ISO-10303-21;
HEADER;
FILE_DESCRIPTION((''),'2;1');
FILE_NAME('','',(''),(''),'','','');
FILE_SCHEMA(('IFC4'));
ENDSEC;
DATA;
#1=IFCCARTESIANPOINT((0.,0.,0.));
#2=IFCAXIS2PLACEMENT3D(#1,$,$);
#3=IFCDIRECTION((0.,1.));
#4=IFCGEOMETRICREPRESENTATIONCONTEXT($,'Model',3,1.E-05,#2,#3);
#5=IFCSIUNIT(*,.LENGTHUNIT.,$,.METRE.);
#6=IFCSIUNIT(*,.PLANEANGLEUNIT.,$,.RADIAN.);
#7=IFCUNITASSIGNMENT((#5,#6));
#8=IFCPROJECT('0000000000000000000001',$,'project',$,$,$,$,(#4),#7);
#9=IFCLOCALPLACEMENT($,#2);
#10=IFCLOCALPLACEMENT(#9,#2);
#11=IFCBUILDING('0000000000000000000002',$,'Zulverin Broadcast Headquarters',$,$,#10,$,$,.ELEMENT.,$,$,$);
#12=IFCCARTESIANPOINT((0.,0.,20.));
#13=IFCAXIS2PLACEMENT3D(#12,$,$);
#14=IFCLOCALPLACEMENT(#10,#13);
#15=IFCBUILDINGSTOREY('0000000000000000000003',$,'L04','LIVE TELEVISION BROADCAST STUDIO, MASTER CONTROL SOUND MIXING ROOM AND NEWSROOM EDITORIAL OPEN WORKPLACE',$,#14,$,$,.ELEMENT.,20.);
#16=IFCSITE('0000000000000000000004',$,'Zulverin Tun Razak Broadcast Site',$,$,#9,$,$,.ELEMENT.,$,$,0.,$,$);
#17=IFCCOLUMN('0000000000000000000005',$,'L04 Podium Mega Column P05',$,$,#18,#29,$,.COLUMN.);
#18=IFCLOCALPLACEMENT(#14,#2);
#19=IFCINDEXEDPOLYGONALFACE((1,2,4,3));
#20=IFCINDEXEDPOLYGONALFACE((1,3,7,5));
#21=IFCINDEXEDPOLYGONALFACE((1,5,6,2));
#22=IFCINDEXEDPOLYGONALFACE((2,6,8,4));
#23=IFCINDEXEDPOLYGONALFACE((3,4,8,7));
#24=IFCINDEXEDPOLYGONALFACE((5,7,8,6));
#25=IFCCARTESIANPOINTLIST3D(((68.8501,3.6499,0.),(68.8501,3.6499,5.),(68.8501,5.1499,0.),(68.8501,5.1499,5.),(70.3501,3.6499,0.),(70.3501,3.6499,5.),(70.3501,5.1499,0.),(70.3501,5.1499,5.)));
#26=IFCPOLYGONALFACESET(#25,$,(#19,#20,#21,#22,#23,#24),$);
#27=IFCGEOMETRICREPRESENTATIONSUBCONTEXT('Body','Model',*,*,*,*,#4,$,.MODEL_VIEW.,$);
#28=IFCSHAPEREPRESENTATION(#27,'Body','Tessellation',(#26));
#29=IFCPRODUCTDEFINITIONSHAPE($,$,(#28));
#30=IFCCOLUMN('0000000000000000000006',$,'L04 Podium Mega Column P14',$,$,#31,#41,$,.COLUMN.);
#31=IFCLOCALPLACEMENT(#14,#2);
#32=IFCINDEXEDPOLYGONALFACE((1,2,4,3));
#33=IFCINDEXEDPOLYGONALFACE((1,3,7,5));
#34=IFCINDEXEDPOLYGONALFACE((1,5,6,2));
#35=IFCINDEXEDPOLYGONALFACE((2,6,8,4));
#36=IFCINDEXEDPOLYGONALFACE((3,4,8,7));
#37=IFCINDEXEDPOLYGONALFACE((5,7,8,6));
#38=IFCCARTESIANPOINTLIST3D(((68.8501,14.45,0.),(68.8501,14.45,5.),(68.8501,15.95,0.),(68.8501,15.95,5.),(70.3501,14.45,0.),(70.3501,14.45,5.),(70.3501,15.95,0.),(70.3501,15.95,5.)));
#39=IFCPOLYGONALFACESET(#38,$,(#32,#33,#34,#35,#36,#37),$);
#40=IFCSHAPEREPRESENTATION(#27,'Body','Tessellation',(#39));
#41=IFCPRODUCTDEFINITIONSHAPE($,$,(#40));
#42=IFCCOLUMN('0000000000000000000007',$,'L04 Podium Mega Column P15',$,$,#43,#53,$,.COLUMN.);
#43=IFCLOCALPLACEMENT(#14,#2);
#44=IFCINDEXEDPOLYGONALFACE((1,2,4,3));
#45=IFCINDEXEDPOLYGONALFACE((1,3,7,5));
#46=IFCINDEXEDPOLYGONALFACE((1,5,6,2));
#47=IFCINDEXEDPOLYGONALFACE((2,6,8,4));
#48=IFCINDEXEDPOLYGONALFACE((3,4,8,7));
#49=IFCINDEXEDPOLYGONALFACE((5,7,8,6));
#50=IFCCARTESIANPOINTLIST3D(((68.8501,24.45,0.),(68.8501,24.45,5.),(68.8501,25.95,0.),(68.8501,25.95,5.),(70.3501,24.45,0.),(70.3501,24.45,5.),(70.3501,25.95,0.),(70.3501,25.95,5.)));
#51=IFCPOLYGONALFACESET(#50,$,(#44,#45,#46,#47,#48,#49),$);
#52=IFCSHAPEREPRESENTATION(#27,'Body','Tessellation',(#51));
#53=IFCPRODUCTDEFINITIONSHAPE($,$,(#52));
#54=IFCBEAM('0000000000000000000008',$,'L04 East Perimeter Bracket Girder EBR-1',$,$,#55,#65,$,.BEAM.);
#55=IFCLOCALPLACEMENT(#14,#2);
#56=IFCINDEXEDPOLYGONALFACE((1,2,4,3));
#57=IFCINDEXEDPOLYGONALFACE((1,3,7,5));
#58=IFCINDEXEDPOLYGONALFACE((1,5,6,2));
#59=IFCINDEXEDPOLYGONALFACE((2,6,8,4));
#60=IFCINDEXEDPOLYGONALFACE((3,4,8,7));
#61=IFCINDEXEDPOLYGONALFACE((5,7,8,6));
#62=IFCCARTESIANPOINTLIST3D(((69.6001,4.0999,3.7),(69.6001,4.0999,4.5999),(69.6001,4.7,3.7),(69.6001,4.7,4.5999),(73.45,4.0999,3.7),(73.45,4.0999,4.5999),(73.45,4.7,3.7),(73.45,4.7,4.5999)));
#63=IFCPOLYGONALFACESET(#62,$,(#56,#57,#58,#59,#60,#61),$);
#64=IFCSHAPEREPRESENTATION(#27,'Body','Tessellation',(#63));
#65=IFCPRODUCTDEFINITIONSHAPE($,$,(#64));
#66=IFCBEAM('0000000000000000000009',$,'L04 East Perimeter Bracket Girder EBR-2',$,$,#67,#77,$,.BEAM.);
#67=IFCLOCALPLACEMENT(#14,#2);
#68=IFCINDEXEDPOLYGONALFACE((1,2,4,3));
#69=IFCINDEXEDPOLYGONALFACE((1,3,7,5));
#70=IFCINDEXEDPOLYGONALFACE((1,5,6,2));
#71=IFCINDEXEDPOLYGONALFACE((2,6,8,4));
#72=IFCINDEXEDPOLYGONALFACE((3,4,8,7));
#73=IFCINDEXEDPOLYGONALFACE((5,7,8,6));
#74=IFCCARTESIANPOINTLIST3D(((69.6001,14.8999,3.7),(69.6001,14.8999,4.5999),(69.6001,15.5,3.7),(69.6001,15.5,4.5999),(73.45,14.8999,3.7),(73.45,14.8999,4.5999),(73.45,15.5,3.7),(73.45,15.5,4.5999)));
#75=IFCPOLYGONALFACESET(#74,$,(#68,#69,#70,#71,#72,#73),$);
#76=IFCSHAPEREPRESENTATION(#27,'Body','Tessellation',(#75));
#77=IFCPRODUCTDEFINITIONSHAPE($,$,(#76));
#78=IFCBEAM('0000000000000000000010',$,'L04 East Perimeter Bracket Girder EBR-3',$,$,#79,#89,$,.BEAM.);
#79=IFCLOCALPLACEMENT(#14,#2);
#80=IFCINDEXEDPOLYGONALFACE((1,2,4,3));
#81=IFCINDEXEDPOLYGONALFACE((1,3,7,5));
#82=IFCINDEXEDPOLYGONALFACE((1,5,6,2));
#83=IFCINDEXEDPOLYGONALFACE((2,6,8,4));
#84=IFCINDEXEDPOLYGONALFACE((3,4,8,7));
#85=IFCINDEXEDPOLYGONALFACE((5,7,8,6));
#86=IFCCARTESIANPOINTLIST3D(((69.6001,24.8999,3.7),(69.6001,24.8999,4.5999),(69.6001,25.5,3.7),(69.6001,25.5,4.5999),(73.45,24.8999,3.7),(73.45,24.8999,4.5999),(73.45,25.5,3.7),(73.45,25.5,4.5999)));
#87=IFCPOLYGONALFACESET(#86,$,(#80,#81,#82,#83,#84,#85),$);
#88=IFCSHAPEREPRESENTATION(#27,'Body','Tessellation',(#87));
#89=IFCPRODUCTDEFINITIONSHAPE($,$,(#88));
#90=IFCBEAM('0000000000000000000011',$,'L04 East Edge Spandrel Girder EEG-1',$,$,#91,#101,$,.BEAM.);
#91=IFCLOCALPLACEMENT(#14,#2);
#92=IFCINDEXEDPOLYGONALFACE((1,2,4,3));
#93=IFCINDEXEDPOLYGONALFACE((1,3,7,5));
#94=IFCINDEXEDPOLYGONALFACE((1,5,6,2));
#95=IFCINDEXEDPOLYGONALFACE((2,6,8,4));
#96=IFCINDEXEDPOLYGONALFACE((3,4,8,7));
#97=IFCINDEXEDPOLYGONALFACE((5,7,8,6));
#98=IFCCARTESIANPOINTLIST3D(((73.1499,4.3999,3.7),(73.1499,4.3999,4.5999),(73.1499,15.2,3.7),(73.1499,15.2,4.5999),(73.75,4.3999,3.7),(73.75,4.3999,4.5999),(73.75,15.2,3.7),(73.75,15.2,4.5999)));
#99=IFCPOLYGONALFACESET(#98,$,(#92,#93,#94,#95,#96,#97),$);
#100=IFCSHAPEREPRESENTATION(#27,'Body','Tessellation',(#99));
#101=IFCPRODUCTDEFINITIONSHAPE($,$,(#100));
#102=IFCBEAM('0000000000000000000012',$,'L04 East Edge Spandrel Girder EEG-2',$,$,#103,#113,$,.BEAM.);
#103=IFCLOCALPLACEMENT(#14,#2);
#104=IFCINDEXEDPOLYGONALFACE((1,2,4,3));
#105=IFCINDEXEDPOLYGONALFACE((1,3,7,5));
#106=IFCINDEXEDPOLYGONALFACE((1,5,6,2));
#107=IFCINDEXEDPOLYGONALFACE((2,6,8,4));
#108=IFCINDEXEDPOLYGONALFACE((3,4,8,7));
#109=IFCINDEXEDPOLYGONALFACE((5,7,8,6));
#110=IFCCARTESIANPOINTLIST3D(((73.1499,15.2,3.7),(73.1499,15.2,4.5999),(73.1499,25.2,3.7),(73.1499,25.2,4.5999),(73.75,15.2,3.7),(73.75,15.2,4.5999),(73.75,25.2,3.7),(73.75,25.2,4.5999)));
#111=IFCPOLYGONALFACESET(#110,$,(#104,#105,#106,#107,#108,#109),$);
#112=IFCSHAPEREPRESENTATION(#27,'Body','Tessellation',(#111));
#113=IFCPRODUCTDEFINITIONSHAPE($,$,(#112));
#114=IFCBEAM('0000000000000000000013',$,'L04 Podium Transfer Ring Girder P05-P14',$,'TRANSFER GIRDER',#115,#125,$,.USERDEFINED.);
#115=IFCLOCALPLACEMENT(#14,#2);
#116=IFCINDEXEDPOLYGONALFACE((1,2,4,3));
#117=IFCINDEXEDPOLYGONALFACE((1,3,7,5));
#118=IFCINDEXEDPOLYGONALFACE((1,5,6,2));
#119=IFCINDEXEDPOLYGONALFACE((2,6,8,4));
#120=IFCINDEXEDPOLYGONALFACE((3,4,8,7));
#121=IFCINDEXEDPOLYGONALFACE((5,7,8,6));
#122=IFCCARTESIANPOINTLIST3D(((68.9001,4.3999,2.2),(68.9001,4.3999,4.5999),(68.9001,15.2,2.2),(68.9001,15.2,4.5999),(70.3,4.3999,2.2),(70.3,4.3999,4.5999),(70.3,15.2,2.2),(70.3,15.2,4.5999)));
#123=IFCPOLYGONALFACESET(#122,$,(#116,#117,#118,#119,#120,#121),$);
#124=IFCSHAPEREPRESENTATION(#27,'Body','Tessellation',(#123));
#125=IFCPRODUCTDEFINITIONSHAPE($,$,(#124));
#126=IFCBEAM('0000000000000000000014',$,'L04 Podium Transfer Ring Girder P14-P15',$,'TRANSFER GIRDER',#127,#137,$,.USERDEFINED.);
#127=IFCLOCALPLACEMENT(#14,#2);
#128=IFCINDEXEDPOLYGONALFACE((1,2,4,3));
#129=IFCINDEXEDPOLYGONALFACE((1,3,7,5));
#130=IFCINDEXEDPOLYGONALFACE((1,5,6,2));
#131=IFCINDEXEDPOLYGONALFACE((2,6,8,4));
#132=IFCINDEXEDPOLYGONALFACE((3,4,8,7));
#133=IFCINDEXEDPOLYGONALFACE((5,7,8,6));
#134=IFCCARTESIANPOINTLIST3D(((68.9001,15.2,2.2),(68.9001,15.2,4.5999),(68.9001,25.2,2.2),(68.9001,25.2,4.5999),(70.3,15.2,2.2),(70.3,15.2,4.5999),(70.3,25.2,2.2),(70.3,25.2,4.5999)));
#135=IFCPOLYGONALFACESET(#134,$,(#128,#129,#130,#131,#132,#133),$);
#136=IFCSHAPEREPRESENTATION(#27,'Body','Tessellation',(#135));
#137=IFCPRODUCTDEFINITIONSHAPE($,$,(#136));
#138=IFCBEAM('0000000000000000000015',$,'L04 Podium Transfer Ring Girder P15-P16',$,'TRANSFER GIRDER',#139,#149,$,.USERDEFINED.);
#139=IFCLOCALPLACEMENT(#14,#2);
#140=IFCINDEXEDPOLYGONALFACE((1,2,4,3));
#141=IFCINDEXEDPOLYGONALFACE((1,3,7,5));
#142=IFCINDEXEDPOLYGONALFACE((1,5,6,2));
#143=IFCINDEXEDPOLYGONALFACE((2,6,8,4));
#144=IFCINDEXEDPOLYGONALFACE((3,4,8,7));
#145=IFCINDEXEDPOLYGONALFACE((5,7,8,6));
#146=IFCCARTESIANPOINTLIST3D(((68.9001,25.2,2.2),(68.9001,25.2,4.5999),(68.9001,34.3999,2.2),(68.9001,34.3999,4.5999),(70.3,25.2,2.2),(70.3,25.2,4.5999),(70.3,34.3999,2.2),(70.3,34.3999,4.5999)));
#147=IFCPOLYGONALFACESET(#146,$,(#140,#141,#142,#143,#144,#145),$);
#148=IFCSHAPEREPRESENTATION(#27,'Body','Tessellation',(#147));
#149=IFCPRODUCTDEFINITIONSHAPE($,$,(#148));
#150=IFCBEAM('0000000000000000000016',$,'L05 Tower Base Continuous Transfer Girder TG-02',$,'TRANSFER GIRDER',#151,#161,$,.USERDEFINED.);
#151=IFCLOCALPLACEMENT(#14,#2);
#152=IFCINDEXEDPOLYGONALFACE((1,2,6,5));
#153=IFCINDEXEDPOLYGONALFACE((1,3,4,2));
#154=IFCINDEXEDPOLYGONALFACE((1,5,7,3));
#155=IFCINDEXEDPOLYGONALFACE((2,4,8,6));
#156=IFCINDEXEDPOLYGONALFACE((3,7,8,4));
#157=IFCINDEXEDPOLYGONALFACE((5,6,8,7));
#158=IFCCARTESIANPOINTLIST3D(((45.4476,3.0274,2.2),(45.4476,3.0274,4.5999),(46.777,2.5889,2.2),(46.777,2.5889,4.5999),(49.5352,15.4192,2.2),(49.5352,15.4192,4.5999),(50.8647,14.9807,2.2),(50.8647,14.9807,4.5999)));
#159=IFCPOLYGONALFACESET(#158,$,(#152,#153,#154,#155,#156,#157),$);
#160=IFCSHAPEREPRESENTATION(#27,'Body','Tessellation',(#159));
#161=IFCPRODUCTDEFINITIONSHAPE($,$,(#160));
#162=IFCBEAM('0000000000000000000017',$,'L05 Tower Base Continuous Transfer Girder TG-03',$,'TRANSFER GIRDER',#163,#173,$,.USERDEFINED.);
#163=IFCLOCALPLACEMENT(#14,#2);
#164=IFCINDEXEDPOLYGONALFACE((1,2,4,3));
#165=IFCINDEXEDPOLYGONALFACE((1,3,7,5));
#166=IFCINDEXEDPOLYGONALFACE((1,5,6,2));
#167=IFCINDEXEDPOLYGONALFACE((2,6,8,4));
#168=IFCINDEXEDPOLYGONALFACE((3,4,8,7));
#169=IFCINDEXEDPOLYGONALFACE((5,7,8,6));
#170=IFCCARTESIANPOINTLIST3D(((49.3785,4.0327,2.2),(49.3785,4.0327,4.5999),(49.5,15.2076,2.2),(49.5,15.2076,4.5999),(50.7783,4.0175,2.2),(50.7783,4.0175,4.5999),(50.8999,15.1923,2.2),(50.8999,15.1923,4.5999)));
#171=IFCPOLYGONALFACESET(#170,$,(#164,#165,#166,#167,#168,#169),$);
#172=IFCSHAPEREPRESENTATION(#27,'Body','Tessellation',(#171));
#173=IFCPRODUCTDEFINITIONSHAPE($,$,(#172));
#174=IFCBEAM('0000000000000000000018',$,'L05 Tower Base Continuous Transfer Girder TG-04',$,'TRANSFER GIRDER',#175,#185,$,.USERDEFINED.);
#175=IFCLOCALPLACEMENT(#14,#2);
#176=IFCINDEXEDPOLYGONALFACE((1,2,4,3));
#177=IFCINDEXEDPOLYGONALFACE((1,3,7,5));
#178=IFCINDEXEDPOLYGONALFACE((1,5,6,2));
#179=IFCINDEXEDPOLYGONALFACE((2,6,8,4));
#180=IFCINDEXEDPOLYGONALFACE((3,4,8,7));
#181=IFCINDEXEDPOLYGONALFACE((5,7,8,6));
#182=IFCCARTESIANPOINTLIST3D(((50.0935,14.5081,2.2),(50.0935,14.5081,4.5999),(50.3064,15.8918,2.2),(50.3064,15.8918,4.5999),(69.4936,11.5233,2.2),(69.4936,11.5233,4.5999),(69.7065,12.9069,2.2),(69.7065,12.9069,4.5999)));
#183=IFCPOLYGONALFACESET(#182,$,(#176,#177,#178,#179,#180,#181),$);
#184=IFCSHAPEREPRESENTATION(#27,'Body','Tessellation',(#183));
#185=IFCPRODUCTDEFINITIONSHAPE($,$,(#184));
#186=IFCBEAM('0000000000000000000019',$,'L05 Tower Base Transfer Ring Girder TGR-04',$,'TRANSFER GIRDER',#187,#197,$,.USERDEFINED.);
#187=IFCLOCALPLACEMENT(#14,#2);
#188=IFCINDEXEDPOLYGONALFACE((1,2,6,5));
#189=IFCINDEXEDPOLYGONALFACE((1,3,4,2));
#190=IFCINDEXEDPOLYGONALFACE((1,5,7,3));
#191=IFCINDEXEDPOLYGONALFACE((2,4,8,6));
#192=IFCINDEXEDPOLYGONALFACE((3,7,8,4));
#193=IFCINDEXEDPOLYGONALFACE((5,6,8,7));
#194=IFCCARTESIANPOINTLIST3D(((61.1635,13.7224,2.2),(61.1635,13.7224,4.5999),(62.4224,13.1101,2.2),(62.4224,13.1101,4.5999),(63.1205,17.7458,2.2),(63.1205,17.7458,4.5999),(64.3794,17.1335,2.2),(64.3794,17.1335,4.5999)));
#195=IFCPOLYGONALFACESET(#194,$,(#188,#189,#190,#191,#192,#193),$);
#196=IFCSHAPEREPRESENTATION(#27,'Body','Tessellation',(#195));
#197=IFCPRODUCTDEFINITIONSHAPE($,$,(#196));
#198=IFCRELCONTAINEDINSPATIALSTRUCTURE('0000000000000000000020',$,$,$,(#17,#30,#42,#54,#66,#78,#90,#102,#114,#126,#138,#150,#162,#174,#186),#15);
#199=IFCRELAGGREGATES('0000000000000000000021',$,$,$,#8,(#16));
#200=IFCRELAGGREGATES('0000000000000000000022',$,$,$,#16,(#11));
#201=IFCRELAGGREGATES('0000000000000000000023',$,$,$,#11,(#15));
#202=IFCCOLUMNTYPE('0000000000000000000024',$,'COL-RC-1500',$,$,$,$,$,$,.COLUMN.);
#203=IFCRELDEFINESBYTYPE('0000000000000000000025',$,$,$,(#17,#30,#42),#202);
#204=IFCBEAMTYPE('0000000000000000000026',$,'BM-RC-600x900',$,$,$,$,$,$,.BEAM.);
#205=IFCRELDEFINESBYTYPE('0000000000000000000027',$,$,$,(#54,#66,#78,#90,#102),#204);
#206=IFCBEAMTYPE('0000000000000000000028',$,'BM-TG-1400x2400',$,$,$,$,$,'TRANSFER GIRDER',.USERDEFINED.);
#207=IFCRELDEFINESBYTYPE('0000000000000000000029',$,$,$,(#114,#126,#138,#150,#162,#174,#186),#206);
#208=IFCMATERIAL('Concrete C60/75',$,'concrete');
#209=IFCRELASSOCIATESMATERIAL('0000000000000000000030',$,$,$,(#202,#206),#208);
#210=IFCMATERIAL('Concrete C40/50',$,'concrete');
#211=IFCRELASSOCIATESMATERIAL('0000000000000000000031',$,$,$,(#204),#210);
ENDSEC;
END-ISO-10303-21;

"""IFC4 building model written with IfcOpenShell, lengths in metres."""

from ifc_helpers import new_model, si_unit, direction, frame, origin, origin_2d, place, context, subcontext, project, spatial, rectangle, extrude, material, material_profile, profile_set, type_object, element, save


model = new_model("IFC4")

# Units and contexts
model_context = context("Model", 3, precision=1e-05, world=origin(), true_north=direction((0.0, 1.0)))
body_context = subcontext(model_context, "Body", "Model", "MODEL_VIEW")
ifc_project = project(units=[si_unit("LENGTHUNIT", "METRE"), si_unit("PLANEANGLEUNIT", "RADIAN")], contexts=[model_context])

# Site, building, storey
site_placement = place(None, origin())
site = spatial("IfcSite", under=ifc_project, at=site_placement, Name="Zulverin Tun Razak Broadcast Site", CompositionType="ELEMENT", RefElevation=0.0)
building_placement = place(site_placement, origin())
building = spatial("IfcBuilding", under=site, at=building_placement, Name="Zulverin Broadcast Headquarters", CompositionType="ELEMENT")
storey_placement = place(building_placement, frame((0.0, 0.0, 20.0)))
storey = spatial("IfcBuildingStorey", under=building, at=storey_placement, Name="L04", Description="LIVE TELEVISION BROADCAST STUDIO, MASTER CONTROL SOUND MIXING ROOM AND NEWSROOM EDITORIAL OPEN WORKPLACE", CompositionType="ELEMENT", Elevation=20.0)

# Columns
ifc_material_1 = material(Name="Concrete C60/75", Category="concrete")
ifc_material_profile_1 = material_profile(ifc_material_1, rectangle(XDim=1.5, YDim=1.5, at=origin_2d()), Name="Concrete C60/75", Category="concrete")
ifc_profile_set_1 = profile_set([ifc_material_profile_1], Name="Concrete C60/75")
column_type = type_object("IfcColumnType", Name="COL-RC-1500", PredefinedType="COLUMN", material=ifc_profile_set_1)
for number, where, z_axis, x_axis, name in (
    (1, (69.6001, 4.3999, 0.0), (0.0, 0.0, 1.0), (1.0, 0.0, 0.0), "L04 Podium Mega Column P05"),
    (2, (69.6001, 15.2, 0.0), (0.0, 0.0, 1.0), (1.0, 0.0, 0.0), "L04 Podium Mega Column P14"),
    (3, (69.6001, 25.2, 0.0), (0.0, 0.0, 1.0), (1.0, 0.0, 0.0), "L04 Podium Mega Column P15"),
):
    element("IfcColumn", number, at=place(storey_placement, frame(where, z_axis=z_axis, x_axis=x_axis)), inside=storey, type_object=column_type, Name=name, PredefinedType="COLUMN", context=body_context, shape_type="SweptSolid", body=[
        extrude(rectangle(XDim=1.5, YDim=1.5, at=origin_2d()), origin(), (0.0, 0.0, 1.0), 5.0),
    ])

# Beams
ifc_material_2 = material(Name="Concrete C40/50", Category="concrete")
ifc_material_profile_2 = material_profile(ifc_material_2, rectangle(XDim=0.6001, YDim=0.8999, at=origin_2d()), Name="Concrete C40/50", Category="concrete")
ifc_profile_set_2 = profile_set([ifc_material_profile_2], Name="Concrete C40/50")
beam_type_1 = type_object("IfcBeamType", Name="BM-RC-600x900", PredefinedType="BEAM", material=ifc_profile_set_2)
for number, where, z_axis, x_axis, name in (
    (4, (69.6001, 4.3999, 4.1499), (1.0, 0.0, 0.0), (0.0, 1.0, 0.0), "L04 East Perimeter Bracket Girder EBR-1"),
    (5, (69.6001, 15.2, 4.1499), (1.0, 0.0, 0.0), (0.0, 1.0, 0.0), "L04 East Perimeter Bracket Girder EBR-2"),
    (6, (69.6001, 25.2, 4.1499), (1.0, 0.0, 0.0), (0.0, 1.0, 0.0), "L04 East Perimeter Bracket Girder EBR-3"),
):
    element("IfcBeam", number, at=place(storey_placement, frame(where, z_axis=z_axis, x_axis=x_axis)), inside=storey, type_object=beam_type_1, Name=name, PredefinedType="BEAM", context=body_context, shape_type="SweptSolid", body=[
        extrude(rectangle(XDim=0.6001, YDim=0.8999, at=origin_2d()), origin(), (0.0, 0.0, 1.0), 3.8499),
    ])
beam_1_placement = place(storey_placement, frame((73.45, 4.3999, 4.1499), z_axis=(0.0, 1.0, 0.0), x_axis=(-1.0, 0.0, 0.0)))
element("IfcBeam", 7, at=beam_1_placement, inside=storey, type_object=beam_type_1, Name="L04 East Edge Spandrel Girder EEG-1", PredefinedType="BEAM", context=body_context, shape_type="SweptSolid", body=[
    extrude(rectangle(XDim=0.6001, YDim=0.8999, at=origin_2d()), origin(), (0.0, 0.0, 1.0), 10.8),
])
beam_2_placement = place(storey_placement, frame((73.45, 15.2, 4.1499), z_axis=(0.0, 1.0, 0.0), x_axis=(-1.0, 0.0, 0.0)))
element("IfcBeam", 8, at=beam_2_placement, inside=storey, type_object=beam_type_1, Name="L04 East Edge Spandrel Girder EEG-2", PredefinedType="BEAM", context=body_context, shape_type="SweptSolid", body=[
    extrude(rectangle(XDim=0.6001, YDim=0.8999, at=origin_2d()), origin(), (0.0, 0.0, 1.0), 10.0),
])
ifc_material_profile_3 = material_profile(ifc_material_1, rectangle(XDim=1.3999, YDim=2.3999, at=origin_2d()), Name="Concrete C60/75", Category="concrete")
ifc_profile_set_3 = profile_set([ifc_material_profile_3], Name="Concrete C60/75")
beam_type_2 = type_object("IfcBeamType", Name="BM-TG-1400x2400", ElementType="TRANSFER GIRDER", PredefinedType="USERDEFINED", material=ifc_profile_set_3)
beam_3_placement = place(storey_placement, frame((69.6001, 4.3999, 3.3999), z_axis=(0.0, 1.0, 0.0), x_axis=(-1.0, 0.0, 0.0)))
element("IfcBeam", 9, at=beam_3_placement, inside=storey, type_object=beam_type_2, Name="L04 Podium Transfer Ring Girder P05-P14", ObjectType="TRANSFER GIRDER", PredefinedType="USERDEFINED", context=body_context, shape_type="SweptSolid", body=[
    extrude(rectangle(XDim=1.3999, YDim=2.3999, at=origin_2d()), origin(), (0.0, 0.0, 1.0), 10.8),
])
beam_4_placement = place(storey_placement, frame((69.6001, 15.2, 3.3999), z_axis=(0.0, 1.0, 0.0), x_axis=(-1.0, 0.0, 0.0)))
element("IfcBeam", 10, at=beam_4_placement, inside=storey, type_object=beam_type_2, Name="L04 Podium Transfer Ring Girder P14-P15", ObjectType="TRANSFER GIRDER", PredefinedType="USERDEFINED", context=body_context, shape_type="SweptSolid", body=[
    extrude(rectangle(XDim=1.3999, YDim=2.3999, at=origin_2d()), origin(), (0.0, 0.0, 1.0), 10.0),
])
beam_5_placement = place(storey_placement, frame((69.6001, 25.2, 3.3999), z_axis=(0.0, 1.0, 0.0), x_axis=(-1.0, 0.0, 0.0)))
element("IfcBeam", 11, at=beam_5_placement, inside=storey, type_object=beam_type_2, Name="L04 Podium Transfer Ring Girder P15-P16", ObjectType="TRANSFER GIRDER", PredefinedType="USERDEFINED", context=body_context, shape_type="SweptSolid", body=[
    extrude(rectangle(XDim=1.3999, YDim=2.3999, at=origin_2d()), origin(), (0.0, 0.0, 1.0), 9.2),
])
beam_6_placement = place(storey_placement, frame((50.2, 15.2, 3.3999), z_axis=(-0.313263, -0.949667, 0.0), x_axis=(0.949667, -0.313263, 0.0)))
element("IfcBeam", 12, at=beam_6_placement, inside=storey, type_object=beam_type_2, Name="L05 Tower Base Continuous Transfer Girder TG-02", ObjectType="TRANSFER GIRDER", PredefinedType="USERDEFINED", context=body_context, shape_type="SweptSolid", body=[
    extrude(rectangle(XDim=1.3999, YDim=2.3999, at=origin_2d()), origin(), (0.0, 0.0, 1.0), 13.0486),
])
beam_7_placement = place(storey_placement, frame((50.2, 15.2, 3.3999), z_axis=(-0.010879, -0.999941, 0.0), x_axis=(0.999941, -0.010879, 0.0)))
element("IfcBeam", 13, at=beam_7_placement, inside=storey, type_object=beam_type_2, Name="L05 Tower Base Continuous Transfer Girder TG-03", ObjectType="TRANSFER GIRDER", PredefinedType="USERDEFINED", context=body_context, shape_type="SweptSolid", body=[
    extrude(rectangle(XDim=1.3999, YDim=2.3999, at=origin_2d()), origin(), (0.0, 0.0, 1.0), 11.1755),
])
beam_8_placement = place(storey_placement, frame((50.2, 15.2, 3.3999), z_axis=(0.98837, -0.152068, 0.0), x_axis=(0.152068, 0.98837, 0.0)))
element("IfcBeam", 14, at=beam_8_placement, inside=storey, type_object=beam_type_2, Name="L05 Tower Base Continuous Transfer Girder TG-04", ObjectType="TRANSFER GIRDER", PredefinedType="USERDEFINED", context=body_context, shape_type="SweptSolid", body=[
    extrude(rectangle(XDim=1.3999, YDim=2.3999, at=origin_2d()), origin(), (0.0, 0.0, 1.0), 19.6284),
])
beam_9_placement = place(storey_placement, frame((61.793, 13.4163, 3.3999), z_axis=(0.437408, 0.899263, 0.0), x_axis=(-0.899263, 0.437408, 0.0)))
element("IfcBeam", 15, at=beam_9_placement, inside=storey, type_object=beam_type_2, Name="L05 Tower Base Transfer Ring Girder TGR-04", ObjectType="TRANSFER GIRDER", PredefinedType="USERDEFINED", context=body_context, shape_type="SweptSolid", body=[
    extrude(rectangle(XDim=1.3999, YDim=2.3999, at=origin_2d()), origin(), (0.0, 0.0, 1.0), 4.4741),
])

save(model, "model.ifc")
